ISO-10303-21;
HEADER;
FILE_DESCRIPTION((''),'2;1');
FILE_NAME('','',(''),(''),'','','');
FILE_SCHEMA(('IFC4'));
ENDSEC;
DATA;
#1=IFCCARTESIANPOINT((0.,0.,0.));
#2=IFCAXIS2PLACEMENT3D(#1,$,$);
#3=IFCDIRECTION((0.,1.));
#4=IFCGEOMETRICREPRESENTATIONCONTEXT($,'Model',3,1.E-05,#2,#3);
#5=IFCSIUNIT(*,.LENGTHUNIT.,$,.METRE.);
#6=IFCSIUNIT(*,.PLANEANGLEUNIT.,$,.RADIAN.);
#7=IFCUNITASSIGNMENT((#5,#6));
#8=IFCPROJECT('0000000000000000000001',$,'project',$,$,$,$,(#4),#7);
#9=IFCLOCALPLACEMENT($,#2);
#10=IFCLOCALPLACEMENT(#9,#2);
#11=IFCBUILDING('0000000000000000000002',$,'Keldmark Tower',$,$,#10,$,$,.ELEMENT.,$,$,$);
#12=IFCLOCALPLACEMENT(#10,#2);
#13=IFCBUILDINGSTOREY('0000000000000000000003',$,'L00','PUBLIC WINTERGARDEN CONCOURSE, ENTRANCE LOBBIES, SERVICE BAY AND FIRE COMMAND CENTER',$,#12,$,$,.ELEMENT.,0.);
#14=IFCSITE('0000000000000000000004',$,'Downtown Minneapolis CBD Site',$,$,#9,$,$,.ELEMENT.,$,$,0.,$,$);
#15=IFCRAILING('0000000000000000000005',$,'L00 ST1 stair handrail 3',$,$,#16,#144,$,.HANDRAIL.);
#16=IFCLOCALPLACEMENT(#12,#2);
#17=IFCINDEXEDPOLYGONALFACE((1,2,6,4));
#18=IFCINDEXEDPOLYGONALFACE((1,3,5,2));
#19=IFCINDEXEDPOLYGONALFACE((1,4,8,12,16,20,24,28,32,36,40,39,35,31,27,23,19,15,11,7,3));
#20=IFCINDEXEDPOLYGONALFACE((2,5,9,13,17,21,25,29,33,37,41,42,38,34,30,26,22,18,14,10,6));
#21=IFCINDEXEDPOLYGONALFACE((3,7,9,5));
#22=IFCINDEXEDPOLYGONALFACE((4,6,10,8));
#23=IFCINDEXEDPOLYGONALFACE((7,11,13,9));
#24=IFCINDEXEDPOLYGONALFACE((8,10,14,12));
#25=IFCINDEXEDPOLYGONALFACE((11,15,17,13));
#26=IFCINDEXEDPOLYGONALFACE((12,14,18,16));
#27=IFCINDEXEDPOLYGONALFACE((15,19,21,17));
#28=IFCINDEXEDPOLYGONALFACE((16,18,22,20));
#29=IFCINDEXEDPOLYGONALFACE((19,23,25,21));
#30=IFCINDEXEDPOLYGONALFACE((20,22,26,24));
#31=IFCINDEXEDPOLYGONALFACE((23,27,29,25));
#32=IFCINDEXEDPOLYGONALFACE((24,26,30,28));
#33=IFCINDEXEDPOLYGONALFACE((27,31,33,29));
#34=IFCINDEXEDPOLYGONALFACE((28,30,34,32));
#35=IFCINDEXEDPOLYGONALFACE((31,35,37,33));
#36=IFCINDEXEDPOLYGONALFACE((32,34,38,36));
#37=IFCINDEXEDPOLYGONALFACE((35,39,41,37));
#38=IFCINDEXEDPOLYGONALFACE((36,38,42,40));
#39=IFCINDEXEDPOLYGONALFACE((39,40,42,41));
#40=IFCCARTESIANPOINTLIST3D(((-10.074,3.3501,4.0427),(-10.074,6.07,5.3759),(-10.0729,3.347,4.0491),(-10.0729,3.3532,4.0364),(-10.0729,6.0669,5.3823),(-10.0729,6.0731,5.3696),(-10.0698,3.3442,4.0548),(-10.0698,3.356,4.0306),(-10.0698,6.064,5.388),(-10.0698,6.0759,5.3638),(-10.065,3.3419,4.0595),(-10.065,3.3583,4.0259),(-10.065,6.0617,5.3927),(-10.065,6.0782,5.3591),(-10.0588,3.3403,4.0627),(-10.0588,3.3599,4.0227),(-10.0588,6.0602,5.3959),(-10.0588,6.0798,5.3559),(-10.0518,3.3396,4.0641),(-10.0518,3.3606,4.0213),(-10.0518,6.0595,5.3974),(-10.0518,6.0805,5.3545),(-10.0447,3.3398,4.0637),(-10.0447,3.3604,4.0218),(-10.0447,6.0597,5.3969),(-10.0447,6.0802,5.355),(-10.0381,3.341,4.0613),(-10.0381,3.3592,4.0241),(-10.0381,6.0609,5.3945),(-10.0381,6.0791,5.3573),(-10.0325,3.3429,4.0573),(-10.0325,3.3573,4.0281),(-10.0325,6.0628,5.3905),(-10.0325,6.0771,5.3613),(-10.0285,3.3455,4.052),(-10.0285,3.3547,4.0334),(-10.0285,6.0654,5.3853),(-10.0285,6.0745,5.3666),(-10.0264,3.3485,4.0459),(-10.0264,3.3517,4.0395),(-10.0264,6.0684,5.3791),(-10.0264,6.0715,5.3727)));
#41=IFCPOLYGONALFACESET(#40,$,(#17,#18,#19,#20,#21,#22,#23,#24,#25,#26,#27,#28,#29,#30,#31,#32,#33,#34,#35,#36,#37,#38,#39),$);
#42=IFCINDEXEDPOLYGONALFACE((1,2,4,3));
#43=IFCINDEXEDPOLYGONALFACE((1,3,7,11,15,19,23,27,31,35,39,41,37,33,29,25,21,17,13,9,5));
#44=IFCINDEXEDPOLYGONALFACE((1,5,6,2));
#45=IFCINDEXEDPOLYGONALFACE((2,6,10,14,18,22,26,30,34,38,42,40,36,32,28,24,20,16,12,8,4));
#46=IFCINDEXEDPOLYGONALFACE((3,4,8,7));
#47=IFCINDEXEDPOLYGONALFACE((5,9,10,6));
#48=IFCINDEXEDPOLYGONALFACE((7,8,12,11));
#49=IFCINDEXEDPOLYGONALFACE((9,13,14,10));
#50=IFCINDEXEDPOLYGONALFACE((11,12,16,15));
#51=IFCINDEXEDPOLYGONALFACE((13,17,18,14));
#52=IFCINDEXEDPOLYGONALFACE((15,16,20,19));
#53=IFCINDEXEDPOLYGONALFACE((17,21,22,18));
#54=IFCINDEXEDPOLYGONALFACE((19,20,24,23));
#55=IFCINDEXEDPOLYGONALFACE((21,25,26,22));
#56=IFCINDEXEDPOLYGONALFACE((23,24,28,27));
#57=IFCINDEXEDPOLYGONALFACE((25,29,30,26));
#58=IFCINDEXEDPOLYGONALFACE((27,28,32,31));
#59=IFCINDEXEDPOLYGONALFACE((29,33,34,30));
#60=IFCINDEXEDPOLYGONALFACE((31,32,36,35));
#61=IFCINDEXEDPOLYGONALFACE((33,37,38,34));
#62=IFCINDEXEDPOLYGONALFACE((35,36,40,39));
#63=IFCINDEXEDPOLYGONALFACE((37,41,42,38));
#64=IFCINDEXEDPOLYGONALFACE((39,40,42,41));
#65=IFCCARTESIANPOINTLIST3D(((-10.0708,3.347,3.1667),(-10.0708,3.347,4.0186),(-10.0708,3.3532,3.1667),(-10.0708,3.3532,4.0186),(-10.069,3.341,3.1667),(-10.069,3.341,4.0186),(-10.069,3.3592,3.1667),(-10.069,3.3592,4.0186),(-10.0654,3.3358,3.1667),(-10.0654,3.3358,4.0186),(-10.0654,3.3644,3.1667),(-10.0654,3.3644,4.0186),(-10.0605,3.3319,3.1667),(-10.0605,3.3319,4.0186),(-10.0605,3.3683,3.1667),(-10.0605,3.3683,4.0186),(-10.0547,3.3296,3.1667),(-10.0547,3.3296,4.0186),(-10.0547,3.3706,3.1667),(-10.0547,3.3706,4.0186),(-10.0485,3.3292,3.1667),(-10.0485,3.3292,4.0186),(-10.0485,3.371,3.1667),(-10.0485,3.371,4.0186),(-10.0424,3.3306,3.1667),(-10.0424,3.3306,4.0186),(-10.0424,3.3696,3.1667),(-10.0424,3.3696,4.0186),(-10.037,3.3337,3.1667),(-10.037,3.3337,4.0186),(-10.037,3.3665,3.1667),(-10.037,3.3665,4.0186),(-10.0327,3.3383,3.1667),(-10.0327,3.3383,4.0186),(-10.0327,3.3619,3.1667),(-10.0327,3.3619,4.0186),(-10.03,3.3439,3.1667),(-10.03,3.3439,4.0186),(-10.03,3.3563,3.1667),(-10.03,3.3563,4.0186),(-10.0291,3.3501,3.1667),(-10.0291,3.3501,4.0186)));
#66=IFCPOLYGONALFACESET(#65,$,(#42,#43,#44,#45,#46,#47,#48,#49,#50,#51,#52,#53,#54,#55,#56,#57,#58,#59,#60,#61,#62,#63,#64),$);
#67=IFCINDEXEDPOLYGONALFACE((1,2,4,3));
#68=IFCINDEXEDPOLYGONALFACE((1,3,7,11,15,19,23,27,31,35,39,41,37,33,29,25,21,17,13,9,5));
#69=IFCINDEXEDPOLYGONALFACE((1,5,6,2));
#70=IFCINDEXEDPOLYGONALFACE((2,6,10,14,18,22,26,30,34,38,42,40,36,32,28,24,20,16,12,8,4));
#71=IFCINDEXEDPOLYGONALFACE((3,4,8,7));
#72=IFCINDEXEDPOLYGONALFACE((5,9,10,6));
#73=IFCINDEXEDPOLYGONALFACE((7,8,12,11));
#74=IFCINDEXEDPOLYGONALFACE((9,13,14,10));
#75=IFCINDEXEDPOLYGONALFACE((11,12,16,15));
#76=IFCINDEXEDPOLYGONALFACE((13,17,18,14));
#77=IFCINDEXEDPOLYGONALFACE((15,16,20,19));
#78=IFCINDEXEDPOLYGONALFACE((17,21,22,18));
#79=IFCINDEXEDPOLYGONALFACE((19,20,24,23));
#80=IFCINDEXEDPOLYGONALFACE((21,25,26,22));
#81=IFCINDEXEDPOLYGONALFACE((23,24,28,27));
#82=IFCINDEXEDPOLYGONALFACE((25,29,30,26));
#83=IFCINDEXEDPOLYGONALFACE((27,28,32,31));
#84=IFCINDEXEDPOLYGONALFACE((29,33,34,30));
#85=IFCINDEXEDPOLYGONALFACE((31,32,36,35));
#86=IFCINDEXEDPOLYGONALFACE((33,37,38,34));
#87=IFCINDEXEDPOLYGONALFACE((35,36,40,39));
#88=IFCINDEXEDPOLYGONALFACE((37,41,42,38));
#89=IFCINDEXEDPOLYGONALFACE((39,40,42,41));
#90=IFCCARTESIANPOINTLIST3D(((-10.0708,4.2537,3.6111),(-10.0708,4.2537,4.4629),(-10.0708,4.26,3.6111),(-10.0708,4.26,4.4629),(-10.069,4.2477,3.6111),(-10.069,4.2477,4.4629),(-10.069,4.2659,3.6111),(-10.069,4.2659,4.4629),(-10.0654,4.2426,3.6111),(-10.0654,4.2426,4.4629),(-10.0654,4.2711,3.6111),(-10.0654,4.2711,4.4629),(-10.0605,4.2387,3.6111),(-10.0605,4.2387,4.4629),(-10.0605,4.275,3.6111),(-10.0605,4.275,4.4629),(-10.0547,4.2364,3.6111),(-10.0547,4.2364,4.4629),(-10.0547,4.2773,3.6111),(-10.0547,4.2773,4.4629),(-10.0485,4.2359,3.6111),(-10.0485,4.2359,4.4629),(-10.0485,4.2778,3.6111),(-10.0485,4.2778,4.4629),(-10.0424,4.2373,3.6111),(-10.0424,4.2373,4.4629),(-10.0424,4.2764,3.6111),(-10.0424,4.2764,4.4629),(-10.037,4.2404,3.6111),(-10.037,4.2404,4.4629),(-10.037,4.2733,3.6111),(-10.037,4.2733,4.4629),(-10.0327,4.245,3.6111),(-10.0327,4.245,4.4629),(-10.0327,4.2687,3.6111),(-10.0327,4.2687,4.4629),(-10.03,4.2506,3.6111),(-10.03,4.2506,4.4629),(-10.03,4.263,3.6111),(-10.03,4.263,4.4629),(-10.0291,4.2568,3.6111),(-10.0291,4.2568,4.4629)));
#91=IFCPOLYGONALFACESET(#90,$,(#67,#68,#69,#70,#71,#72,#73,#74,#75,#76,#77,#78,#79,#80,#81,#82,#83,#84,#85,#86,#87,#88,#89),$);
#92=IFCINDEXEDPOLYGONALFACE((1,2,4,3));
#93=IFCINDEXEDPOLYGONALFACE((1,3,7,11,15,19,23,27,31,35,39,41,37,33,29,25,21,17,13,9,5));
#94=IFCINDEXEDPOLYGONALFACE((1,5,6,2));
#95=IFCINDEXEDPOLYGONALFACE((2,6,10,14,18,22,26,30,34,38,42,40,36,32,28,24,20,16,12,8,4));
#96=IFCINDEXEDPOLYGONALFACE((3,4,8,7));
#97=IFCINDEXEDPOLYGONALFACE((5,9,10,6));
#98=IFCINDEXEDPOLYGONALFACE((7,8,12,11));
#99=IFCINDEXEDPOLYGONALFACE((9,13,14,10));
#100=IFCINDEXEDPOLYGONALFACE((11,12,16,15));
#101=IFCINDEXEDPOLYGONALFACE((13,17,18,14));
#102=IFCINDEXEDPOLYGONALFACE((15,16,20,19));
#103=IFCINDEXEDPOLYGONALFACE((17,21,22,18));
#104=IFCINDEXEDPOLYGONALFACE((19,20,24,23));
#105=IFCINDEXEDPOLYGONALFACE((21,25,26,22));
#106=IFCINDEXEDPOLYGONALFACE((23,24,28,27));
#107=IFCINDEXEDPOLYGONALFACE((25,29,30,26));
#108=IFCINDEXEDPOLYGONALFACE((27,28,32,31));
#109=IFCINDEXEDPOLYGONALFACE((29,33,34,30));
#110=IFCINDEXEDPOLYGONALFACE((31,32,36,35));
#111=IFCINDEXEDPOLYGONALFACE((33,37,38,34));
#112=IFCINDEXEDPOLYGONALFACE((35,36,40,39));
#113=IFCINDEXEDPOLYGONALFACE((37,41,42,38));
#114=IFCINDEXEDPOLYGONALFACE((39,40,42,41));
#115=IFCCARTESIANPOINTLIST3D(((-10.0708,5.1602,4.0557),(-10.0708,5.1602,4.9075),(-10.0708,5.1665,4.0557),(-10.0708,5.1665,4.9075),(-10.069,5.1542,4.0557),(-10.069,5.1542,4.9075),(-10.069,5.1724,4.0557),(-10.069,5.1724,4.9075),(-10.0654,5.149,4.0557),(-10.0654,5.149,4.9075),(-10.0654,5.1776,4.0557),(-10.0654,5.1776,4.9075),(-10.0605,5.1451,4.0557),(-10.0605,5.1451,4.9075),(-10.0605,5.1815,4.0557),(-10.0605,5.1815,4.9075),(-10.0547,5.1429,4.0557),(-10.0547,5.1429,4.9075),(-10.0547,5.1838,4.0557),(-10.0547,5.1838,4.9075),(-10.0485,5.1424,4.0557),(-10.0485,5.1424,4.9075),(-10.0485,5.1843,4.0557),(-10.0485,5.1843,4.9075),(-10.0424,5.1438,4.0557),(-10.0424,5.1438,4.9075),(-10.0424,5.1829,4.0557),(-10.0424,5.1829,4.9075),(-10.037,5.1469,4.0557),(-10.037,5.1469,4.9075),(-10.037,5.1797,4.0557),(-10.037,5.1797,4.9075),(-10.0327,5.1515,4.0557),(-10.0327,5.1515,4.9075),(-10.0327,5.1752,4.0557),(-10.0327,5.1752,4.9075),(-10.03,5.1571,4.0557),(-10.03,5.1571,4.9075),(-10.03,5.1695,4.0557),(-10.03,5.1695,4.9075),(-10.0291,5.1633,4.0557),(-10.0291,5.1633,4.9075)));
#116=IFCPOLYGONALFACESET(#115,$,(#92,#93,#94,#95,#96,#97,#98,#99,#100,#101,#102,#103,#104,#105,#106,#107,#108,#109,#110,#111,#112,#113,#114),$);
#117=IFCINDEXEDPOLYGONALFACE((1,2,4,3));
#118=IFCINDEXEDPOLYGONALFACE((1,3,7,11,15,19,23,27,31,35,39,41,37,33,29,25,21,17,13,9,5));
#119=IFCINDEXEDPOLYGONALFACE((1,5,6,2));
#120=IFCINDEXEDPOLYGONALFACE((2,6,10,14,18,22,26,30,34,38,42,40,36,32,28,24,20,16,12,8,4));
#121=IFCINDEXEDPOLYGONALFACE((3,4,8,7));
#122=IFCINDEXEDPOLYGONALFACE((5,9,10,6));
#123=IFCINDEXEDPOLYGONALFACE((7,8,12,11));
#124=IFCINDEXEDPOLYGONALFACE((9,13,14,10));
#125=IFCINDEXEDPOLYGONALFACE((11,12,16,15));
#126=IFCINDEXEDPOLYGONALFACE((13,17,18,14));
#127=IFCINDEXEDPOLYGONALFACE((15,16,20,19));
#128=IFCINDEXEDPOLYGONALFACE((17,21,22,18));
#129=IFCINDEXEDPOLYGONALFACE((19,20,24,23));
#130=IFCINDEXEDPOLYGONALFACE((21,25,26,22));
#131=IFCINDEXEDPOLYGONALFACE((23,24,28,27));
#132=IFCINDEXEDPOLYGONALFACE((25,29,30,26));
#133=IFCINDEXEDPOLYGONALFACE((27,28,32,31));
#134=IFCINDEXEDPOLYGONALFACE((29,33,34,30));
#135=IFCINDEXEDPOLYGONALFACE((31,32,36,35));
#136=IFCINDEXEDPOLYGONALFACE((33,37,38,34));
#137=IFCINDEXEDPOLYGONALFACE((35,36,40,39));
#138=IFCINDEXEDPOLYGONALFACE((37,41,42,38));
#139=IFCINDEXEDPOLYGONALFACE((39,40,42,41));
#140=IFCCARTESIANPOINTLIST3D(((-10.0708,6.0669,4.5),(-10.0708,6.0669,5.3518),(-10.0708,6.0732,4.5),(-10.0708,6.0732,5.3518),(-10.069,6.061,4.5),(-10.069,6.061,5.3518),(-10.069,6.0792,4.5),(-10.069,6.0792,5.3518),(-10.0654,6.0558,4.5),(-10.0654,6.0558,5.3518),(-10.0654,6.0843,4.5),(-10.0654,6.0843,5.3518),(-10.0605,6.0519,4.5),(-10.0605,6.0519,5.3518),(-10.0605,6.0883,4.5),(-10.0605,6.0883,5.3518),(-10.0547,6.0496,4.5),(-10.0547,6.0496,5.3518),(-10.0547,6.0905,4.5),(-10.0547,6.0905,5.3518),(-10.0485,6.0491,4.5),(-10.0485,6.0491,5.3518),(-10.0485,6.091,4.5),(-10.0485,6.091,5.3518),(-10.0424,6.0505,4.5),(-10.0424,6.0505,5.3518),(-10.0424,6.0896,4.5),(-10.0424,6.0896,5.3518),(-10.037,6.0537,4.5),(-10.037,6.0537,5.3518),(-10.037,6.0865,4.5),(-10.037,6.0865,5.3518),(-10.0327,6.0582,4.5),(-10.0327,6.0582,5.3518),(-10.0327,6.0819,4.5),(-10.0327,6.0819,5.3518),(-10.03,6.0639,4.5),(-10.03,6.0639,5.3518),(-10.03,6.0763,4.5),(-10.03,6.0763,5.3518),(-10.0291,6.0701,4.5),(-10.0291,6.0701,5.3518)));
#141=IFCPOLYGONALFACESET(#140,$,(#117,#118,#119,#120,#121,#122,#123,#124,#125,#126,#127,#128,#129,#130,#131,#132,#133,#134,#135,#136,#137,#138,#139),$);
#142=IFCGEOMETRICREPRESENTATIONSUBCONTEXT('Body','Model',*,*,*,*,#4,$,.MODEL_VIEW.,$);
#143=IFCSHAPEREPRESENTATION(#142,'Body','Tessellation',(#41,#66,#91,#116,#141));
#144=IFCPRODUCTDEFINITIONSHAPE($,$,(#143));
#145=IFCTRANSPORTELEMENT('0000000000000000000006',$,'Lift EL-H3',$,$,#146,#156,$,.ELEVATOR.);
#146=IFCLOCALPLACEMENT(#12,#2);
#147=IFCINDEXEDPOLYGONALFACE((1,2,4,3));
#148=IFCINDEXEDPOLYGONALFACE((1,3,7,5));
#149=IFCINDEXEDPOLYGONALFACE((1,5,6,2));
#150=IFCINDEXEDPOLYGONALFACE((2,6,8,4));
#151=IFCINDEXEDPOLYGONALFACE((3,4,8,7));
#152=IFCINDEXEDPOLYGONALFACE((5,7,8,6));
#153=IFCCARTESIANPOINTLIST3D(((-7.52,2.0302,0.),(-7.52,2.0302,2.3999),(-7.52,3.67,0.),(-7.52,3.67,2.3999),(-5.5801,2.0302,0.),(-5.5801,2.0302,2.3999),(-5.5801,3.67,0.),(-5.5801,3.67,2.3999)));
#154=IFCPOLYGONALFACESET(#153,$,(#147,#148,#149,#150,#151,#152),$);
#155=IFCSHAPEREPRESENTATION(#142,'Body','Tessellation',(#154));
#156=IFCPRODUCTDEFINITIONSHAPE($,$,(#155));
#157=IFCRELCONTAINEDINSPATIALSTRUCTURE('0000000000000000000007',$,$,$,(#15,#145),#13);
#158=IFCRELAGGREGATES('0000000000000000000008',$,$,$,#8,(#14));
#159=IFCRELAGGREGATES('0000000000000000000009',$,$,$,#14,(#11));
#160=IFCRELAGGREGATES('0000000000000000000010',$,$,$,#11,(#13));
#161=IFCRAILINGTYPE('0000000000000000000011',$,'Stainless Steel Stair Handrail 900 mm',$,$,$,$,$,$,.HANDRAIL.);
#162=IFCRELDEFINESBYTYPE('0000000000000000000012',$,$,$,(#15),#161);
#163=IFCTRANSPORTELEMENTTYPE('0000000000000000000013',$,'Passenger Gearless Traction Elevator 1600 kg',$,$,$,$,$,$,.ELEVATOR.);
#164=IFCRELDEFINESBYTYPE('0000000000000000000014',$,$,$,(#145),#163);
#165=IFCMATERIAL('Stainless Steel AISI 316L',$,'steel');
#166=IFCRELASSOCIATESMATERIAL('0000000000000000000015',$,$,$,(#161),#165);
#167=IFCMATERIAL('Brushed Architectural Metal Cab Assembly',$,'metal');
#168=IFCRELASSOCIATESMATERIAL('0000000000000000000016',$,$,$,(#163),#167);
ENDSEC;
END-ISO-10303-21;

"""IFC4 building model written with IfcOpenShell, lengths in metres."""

from ifc_helpers import new_model, si_unit, direction, frame, origin, origin_2d, place, context, subcontext, project, spatial, rectangle, circle, extrude, material, type_object, element, save


model = new_model("IFC4")

# Units and contexts
model_context = context("Model", 3, precision=1e-05, world=origin(), true_north=direction((0.0, 1.0)))
body_context = subcontext(model_context, "Body", "Model", "MODEL_VIEW")
ifc_project = project(units=[si_unit("LENGTHUNIT", "METRE"), si_unit("PLANEANGLEUNIT", "RADIAN")], contexts=[model_context])

# Site, building, storey
site_placement = place(None, origin())
site = spatial("IfcSite", under=ifc_project, at=site_placement, Name="Downtown Minneapolis CBD Site", CompositionType="ELEMENT", RefElevation=0.0)
building_placement = place(site_placement, origin())
building = spatial("IfcBuilding", under=site, at=building_placement, Name="Keldmark Tower", CompositionType="ELEMENT")
storey_placement = place(building_placement, origin())
storey = spatial("IfcBuildingStorey", under=building, at=storey_placement, Name="L00", Description="PUBLIC WINTERGARDEN CONCOURSE, ENTRANCE LOBBIES, SERVICE BAY AND FIRE COMMAND CENTER", CompositionType="ELEMENT", Elevation=0.0)

# Railing
ifc_material_1 = material(Name="Stainless Steel AISI 316L", Category="steel")
railing_type = type_object("IfcRailingType", Name="Stainless Steel Stair Handrail 900 mm", PredefinedType="HANDRAIL", material=ifc_material_1)
for number, where, name in (
    (1, (-10.05, 3.3501, 3.1667), "L00 ST1 stair handrail 3"),
):
    element("IfcRailing", number, at=place(storey_placement, frame(where)), inside=storey, type_object=railing_type, Name=name, PredefinedType="HANDRAIL", context=body_context, shape_type="SweptSolid", body=[
        extrude(circle(Radius=0.0239, at=origin_2d()), frame((0.0, 0.0, 0.876), z_axis=(0.0, 0.897929, 0.440139), x_axis=(-1.0, 0.0, 0.0)), (0.0, 0.0, 1.0), 3.0291),
        extrude(circle(Radius=0.021, at=origin_2d()), origin(), (0.0, 0.0, 1.0), 0.8518),
        extrude(circle(Radius=0.021, at=origin_2d()), frame((0.0, 0.9067, 0.4443)), (0.0, 0.0, 1.0), 0.8518),
        extrude(circle(Radius=0.021, at=origin_2d()), frame((0.0, 1.8132, 0.8889)), (0.0, 0.0, 1.0), 0.8518),
        extrude(circle(Radius=0.021, at=origin_2d()), frame((0.0, 2.72, 1.3333)), (0.0, 0.0, 1.0), 0.8518),
    ])

# Transport element
ifc_material_2 = material(Name="Brushed Architectural Metal Cab Assembly", Category="metal")
transport_element_type = type_object("IfcTransportElementType", Name="Passenger Gearless Traction Elevator 1600 kg", PredefinedType="ELEVATOR", material=ifc_material_2)
transport_element_placement = place(storey_placement, frame((-6.55, 2.8501, 0.0), z_axis=(0.0, 0.0, 1.0), x_axis=(1.0, 0.0, 0.0)))
element("IfcTransportElement", 2, at=transport_element_placement, inside=storey, type_object=transport_element_type, Name="Lift EL-H3", PredefinedType="ELEVATOR", context=body_context, shape_type="SweptSolid", body=[
    extrude(rectangle(XDim=1.9399, YDim=1.6399, at=origin_2d()), origin(), (0.0, 0.0, 1.0), 2.3999),
])

save(model, "model.ifc")
